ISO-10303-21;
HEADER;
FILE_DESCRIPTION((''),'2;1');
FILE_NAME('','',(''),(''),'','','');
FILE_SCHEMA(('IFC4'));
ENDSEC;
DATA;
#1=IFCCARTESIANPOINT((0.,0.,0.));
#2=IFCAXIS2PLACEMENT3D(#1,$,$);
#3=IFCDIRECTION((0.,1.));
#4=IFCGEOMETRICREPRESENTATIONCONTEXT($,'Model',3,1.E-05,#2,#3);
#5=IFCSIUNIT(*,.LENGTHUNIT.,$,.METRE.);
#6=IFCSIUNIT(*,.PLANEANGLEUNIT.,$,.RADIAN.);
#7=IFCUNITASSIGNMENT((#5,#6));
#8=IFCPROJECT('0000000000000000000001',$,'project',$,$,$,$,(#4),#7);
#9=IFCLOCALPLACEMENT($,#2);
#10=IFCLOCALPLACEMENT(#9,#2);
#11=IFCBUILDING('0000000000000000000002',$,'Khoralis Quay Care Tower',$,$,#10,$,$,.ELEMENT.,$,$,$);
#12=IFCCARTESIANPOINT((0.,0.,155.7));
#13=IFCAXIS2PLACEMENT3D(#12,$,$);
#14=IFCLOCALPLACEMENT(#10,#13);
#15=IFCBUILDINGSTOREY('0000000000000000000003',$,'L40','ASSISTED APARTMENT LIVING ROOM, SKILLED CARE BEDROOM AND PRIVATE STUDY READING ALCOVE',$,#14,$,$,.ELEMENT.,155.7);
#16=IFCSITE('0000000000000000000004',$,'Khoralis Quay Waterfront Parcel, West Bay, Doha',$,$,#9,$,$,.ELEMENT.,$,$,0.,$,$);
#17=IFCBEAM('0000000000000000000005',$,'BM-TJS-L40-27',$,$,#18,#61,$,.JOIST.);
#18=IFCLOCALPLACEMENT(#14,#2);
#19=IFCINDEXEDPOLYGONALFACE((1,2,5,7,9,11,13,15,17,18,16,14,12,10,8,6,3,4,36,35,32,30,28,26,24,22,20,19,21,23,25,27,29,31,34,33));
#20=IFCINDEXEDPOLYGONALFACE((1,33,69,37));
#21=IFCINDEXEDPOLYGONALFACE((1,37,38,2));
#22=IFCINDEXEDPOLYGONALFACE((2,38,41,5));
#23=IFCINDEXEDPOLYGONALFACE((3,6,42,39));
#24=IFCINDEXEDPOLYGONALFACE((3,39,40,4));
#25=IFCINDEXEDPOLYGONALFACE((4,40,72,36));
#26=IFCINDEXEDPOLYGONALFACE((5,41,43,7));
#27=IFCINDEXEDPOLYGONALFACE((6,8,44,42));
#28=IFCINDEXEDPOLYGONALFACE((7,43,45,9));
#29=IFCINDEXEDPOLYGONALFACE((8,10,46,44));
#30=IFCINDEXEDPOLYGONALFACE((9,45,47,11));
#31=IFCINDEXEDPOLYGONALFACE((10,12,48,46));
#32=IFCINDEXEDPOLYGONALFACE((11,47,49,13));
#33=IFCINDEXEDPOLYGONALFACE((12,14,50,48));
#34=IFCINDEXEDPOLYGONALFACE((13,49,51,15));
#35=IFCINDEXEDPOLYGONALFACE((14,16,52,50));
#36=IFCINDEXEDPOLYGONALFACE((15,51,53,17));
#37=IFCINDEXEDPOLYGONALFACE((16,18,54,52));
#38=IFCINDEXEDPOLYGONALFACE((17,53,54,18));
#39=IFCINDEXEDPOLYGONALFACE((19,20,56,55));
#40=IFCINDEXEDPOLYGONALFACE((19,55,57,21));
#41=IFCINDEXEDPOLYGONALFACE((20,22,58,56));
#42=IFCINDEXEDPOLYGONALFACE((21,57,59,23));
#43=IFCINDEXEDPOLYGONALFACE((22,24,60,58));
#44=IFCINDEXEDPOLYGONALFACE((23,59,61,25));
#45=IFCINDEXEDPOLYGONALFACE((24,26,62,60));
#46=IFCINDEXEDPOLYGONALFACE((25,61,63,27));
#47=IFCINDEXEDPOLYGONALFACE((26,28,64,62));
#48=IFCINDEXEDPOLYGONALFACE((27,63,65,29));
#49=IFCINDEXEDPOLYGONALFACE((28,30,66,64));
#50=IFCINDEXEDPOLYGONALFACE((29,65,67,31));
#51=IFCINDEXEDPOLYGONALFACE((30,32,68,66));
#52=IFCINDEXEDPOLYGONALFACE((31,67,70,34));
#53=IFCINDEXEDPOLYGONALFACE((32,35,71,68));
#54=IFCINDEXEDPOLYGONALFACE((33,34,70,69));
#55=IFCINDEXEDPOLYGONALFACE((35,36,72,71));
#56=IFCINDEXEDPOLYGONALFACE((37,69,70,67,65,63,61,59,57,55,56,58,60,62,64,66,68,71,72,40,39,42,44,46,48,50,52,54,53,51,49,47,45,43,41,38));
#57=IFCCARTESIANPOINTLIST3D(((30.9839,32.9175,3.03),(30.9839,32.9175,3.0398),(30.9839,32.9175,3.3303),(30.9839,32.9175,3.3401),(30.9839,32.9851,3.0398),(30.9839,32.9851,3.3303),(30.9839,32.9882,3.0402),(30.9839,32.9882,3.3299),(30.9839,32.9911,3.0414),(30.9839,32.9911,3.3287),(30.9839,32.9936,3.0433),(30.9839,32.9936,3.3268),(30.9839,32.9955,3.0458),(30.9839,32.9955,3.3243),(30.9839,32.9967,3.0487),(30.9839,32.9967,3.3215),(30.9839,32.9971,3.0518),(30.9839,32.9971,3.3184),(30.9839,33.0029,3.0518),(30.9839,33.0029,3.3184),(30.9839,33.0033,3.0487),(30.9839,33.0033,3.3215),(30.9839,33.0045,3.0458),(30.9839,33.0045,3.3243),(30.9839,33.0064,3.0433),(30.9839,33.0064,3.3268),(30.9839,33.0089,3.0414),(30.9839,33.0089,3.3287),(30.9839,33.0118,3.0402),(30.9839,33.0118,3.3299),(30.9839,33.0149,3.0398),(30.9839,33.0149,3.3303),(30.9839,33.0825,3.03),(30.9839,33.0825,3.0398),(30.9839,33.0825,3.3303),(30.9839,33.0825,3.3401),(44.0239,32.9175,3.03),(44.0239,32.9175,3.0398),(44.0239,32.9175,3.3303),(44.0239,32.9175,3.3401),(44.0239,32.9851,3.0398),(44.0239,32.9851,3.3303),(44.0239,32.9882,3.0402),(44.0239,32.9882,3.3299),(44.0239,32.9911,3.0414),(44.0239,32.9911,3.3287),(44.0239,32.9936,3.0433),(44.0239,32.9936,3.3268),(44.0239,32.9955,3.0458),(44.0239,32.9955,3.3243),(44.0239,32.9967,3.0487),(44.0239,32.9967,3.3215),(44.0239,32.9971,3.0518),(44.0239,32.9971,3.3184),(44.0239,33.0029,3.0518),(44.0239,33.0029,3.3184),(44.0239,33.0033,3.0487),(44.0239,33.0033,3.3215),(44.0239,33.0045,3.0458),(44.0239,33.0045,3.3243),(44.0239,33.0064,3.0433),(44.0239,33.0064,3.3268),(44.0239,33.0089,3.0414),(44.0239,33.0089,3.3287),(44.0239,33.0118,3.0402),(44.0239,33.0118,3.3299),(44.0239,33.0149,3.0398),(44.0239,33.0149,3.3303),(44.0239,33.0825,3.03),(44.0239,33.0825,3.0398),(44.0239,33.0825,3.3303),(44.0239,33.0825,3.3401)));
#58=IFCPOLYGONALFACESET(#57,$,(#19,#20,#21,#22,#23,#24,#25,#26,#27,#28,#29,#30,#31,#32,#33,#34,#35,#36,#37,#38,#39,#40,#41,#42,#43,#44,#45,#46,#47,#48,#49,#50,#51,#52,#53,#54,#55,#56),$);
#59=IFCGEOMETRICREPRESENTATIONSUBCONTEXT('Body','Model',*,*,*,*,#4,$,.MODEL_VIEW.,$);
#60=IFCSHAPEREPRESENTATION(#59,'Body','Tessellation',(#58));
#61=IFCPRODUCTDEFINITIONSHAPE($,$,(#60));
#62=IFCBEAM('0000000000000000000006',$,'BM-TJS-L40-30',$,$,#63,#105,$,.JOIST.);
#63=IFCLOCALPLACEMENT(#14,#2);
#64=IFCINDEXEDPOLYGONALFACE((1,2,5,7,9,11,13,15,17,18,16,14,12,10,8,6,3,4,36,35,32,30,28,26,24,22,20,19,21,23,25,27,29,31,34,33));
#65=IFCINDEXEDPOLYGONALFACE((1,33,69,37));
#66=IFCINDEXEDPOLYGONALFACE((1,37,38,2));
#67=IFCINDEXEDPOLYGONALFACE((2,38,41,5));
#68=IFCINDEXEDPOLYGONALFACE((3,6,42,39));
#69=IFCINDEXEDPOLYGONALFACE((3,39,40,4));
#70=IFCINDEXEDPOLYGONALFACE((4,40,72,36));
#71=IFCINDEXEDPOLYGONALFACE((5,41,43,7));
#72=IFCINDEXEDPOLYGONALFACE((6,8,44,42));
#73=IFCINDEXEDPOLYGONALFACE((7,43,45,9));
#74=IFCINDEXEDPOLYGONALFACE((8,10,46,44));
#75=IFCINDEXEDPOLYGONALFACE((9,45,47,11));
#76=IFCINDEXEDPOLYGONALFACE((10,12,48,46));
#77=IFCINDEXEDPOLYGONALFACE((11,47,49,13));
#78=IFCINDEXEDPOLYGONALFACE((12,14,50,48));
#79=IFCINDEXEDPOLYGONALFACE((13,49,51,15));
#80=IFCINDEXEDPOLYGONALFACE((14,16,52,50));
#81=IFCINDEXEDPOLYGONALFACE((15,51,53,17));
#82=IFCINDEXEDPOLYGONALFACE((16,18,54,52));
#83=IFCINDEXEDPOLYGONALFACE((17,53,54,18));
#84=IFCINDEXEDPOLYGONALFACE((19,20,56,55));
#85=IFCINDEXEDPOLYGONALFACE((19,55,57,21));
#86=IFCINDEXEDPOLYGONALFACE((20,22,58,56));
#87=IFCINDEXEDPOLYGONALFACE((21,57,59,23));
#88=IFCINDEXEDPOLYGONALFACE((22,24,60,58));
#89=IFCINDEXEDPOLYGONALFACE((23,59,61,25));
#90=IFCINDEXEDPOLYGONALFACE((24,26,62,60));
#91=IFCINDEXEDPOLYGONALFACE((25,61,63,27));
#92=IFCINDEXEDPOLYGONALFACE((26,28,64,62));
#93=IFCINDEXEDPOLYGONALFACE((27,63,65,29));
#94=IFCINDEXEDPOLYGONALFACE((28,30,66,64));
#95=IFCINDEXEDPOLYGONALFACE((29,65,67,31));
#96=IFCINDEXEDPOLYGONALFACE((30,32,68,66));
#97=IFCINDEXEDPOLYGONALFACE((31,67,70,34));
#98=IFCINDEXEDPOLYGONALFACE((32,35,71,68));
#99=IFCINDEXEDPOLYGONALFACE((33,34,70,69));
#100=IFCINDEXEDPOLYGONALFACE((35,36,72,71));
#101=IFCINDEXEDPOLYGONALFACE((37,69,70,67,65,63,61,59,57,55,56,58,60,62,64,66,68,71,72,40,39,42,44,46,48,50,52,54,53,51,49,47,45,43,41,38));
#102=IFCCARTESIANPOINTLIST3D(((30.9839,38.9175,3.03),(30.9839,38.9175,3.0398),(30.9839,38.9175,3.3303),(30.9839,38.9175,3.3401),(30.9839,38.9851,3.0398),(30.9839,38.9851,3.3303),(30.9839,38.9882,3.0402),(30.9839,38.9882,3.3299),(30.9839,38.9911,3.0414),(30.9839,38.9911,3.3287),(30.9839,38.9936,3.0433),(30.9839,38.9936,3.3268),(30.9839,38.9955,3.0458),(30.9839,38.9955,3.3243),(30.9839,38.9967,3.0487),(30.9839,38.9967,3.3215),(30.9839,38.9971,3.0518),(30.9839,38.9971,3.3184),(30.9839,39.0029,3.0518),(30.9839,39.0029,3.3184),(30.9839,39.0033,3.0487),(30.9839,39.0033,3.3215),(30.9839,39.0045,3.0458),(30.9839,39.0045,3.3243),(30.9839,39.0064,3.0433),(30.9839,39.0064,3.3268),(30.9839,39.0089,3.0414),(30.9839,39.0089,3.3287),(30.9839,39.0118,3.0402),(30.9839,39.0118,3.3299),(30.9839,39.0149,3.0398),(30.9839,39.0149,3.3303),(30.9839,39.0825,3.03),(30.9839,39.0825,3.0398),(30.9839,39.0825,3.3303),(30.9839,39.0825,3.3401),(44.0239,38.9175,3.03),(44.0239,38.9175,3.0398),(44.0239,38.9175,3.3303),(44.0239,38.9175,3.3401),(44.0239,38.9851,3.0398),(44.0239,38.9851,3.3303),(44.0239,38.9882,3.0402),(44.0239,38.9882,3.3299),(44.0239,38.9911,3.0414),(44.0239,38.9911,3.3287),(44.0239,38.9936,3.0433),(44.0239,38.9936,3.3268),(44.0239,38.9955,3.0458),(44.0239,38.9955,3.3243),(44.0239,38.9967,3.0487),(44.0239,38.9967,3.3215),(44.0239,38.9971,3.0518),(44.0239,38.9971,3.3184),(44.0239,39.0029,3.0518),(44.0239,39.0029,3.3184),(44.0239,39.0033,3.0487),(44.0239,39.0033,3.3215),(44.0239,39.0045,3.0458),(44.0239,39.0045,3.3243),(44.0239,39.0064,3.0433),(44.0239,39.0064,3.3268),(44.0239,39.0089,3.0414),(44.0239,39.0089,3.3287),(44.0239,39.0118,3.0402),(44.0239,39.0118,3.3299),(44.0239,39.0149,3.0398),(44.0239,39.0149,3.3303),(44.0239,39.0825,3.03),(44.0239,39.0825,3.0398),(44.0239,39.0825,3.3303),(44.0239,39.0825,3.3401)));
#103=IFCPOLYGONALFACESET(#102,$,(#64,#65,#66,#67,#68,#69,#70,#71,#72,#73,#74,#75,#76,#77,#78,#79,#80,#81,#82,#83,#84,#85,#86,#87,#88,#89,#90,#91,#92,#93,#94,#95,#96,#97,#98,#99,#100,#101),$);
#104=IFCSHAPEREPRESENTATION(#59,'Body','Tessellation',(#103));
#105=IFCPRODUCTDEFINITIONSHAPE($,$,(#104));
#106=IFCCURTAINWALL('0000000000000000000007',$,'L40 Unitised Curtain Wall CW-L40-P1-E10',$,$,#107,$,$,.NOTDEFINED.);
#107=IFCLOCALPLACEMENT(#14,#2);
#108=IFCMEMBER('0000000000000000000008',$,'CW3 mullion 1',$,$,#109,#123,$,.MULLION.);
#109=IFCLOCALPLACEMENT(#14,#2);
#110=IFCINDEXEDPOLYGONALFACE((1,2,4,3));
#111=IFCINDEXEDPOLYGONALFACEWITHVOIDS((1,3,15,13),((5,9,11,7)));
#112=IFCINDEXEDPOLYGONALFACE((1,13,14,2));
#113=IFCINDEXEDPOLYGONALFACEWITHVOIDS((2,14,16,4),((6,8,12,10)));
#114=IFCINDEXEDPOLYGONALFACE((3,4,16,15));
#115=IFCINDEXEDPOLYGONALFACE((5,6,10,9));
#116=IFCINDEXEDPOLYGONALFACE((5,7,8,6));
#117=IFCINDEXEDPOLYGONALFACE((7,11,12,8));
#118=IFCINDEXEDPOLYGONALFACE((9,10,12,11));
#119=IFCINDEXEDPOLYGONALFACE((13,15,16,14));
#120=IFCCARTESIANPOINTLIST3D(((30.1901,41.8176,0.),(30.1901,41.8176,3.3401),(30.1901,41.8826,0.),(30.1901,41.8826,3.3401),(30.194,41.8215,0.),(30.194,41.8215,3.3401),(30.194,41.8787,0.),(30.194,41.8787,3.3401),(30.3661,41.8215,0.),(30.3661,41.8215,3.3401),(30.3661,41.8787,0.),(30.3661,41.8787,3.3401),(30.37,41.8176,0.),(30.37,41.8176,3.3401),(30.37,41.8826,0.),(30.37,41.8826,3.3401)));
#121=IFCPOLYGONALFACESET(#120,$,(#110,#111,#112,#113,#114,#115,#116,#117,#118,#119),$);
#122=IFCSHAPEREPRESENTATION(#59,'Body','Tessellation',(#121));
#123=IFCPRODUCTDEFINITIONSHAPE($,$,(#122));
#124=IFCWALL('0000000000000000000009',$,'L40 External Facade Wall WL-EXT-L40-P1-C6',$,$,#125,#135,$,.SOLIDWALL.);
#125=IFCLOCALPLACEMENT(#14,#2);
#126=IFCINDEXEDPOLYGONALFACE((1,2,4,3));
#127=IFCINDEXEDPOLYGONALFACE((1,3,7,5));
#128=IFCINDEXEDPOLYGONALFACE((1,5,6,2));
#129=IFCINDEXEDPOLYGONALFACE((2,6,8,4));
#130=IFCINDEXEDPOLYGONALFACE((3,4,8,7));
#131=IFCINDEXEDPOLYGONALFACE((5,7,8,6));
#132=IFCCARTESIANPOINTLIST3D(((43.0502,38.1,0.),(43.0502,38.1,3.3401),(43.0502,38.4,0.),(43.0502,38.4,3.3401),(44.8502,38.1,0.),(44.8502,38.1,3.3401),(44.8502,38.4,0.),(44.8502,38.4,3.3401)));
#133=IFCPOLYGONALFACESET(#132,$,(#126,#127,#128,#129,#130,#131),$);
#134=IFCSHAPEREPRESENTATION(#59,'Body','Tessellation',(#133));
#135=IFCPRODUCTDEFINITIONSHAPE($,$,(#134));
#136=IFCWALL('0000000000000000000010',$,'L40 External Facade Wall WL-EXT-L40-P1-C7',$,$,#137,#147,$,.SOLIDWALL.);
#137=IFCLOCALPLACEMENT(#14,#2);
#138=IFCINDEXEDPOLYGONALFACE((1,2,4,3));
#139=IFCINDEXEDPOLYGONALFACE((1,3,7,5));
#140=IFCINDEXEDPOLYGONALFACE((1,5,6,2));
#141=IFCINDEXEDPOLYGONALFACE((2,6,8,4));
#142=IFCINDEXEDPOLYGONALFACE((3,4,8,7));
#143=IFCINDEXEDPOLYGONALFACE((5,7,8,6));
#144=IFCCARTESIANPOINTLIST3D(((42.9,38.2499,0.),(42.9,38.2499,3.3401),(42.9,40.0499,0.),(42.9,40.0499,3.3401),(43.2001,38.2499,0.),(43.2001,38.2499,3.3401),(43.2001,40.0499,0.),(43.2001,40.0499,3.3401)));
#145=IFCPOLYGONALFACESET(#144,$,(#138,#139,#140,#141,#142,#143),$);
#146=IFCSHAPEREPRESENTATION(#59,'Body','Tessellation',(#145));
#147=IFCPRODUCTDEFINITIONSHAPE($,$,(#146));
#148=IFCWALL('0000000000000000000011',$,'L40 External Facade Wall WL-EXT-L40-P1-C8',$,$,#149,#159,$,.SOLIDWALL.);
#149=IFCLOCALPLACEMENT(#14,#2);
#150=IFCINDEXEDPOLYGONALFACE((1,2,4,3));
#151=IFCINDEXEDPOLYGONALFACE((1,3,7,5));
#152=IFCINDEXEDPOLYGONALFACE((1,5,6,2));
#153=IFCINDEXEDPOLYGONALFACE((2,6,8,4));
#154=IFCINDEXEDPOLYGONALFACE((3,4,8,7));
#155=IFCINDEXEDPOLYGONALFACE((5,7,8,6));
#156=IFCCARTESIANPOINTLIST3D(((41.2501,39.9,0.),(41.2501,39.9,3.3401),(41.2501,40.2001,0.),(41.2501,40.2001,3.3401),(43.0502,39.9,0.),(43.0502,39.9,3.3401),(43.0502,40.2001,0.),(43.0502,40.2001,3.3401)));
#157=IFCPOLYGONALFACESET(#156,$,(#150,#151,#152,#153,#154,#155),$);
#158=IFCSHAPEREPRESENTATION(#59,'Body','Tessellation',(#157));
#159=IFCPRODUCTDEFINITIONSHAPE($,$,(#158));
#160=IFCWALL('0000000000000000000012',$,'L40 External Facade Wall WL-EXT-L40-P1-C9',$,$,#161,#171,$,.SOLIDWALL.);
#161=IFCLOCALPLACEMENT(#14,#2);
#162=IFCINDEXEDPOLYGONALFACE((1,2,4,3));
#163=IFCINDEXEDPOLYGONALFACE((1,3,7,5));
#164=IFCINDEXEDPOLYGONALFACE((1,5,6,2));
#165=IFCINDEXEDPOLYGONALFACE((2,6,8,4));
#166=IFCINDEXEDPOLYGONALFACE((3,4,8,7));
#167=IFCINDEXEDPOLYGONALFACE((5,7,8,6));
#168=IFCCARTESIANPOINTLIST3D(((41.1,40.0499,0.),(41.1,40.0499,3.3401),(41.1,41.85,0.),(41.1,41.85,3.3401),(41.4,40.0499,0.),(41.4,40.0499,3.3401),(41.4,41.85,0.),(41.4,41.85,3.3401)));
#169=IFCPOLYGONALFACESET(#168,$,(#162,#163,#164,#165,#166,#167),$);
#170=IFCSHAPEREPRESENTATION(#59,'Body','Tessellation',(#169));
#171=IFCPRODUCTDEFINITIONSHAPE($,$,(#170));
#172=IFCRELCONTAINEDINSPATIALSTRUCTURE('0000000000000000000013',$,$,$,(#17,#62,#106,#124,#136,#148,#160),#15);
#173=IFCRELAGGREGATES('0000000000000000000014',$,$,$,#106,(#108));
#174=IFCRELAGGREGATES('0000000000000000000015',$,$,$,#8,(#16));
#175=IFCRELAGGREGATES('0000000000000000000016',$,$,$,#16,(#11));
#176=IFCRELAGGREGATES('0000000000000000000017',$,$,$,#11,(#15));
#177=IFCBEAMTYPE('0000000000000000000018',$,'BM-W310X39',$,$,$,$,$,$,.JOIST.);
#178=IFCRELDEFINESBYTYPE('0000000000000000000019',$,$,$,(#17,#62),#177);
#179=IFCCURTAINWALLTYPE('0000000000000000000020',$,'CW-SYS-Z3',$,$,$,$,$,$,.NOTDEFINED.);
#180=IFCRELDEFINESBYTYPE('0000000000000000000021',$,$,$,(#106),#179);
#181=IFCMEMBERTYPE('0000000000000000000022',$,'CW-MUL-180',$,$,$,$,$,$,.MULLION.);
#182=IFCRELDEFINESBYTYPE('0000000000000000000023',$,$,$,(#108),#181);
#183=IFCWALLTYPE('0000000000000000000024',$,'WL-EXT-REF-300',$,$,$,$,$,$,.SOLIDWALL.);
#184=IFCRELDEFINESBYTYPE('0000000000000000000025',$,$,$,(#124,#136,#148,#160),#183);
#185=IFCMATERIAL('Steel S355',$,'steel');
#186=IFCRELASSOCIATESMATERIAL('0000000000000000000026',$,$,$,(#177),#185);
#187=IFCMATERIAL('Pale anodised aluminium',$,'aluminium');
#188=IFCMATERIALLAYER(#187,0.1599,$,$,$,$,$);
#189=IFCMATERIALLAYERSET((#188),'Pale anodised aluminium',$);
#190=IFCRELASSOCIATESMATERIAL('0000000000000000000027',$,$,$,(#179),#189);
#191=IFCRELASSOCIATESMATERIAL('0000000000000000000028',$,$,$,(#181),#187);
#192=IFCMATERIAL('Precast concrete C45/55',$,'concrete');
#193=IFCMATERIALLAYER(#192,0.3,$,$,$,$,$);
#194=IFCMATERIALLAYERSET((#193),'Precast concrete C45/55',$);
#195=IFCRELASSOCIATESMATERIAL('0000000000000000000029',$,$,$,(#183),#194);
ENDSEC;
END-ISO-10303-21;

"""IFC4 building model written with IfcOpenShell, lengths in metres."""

from ifc_helpers import new_model, si_unit, direction, frame, frame_2d, origin, origin_2d, place, context, subcontext, project, spatial, rectangle, hollow_rectangle, i_section, extrude, source, transform, mapped, material, layer, layer_set, material_profile, profile_set, type_object, element, aggregate, save


model = new_model("IFC4")

# Units and contexts
model_context = context("Model", 3, precision=1e-05, world=origin(), true_north=direction((0.0, 1.0)))
body_context = subcontext(model_context, "Body", "Model", "MODEL_VIEW")
ifc_project = project(units=[si_unit("LENGTHUNIT", "METRE"), si_unit("PLANEANGLEUNIT", "RADIAN")], contexts=[model_context])

# Site, building, storey
site_placement = place(None, origin())
site = spatial("IfcSite", under=ifc_project, at=site_placement, Name="Khoralis Quay Waterfront Parcel, West Bay, Doha", CompositionType="ELEMENT", RefElevation=0.0)
building_placement = place(site_placement, origin())
building = spatial("IfcBuilding", under=site, at=building_placement, Name="Khoralis Quay Care Tower", CompositionType="ELEMENT")
storey_placement = place(building_placement, frame((0.0, 0.0, 155.7)))
storey = spatial("IfcBuildingStorey", under=building, at=storey_placement, Name="L40", Description="ASSISTED APARTMENT LIVING ROOM, SKILLED CARE BEDROOM AND PRIVATE STUDY READING ALCOVE", CompositionType="ELEMENT", Elevation=155.7)

# Beams
ifc_material_1 = material(Name="Steel S355", Category="steel")
ifc_material_profile_1 = material_profile(ifc_material_1, i_section(OverallWidth=0.165, OverallDepth=0.3101, WebThickness=0.0059, FlangeThickness=0.0098, FilletRadius=0.012, at=origin_2d()), Name="Steel S355")
ifc_profile_set_1 = profile_set([ifc_material_profile_1], Name="Steel S355")
beam_type_1 = type_object("IfcBeamType", Name="BM-W310X39", PredefinedType="JOIST", material=ifc_profile_set_1)
shared_shape_1 = source(origin(), body_context, "Body", "SweptSolid", [
    extrude(i_section(OverallWidth=0.165, OverallDepth=0.3101, WebThickness=0.0059, FlangeThickness=0.0098, FilletRadius=0.012, at=origin_2d()), origin(), (0.0, 0.0, 1.0), 13.04),
])
for number, where, z_axis, x_axis, name in (
    (1, (30.9839, 33.0, 3.1851), (1.0, 0.0, 0.0), (0.0, 1.0, 0.0), "BM-TJS-L40-27"),
    (2, (30.9839, 39.0, 3.1851), (1.0, 0.0, 0.0), (0.0, 1.0, 0.0), "BM-TJS-L40-30"),
):
    element("IfcBeam", number, at=place(storey_placement, frame(where, z_axis=z_axis, x_axis=x_axis)), inside=storey, type_object=beam_type_1, Name=name, PredefinedType="JOIST", context=body_context, shape_type="MappedRepresentation", body=[
        mapped(shared_shape_1, transform((0.0, 0.0, 0.0), scale=1.0)),
    ])

# Curtain wall, member
ifc_material_2 = material(Name="Pale anodised aluminium", Category="aluminium")
ifc_layer_1 = layer(ifc_material_2, 0.1599)
ifc_layer_set_1 = layer_set([ifc_layer_1], Name="Pale anodised aluminium")
curtain_wall_type = type_object("IfcCurtainWallType", Name="CW-SYS-Z3", PredefinedType="NOTDEFINED", material=ifc_layer_set_1)
curtain_wall_placement = place(storey_placement, origin())
curtain_wall = element("IfcCurtainWall", 3, at=curtain_wall_placement, inside=storey, type_object=curtain_wall_type, Name="L40 Unitised Curtain Wall CW-L40-P1-E10", PredefinedType="NOTDEFINED")
ifc_material_profile_2 = material_profile(ifc_material_2, hollow_rectangle(XDim=0.0649, YDim=0.1799, WallThickness=0.0039, at=origin_2d()), Name="Pale anodised aluminium")
ifc_profile_set_2 = profile_set([ifc_material_profile_2], Name="Pale anodised aluminium")
member_type = type_object("IfcMemberType", Name="CW-MUL-180", PredefinedType="MULLION", material=ifc_profile_set_2)
shared_shape_2 = source(origin(), body_context, "Body", "SweptSolid", [
    extrude(hollow_rectangle(XDim=0.0649, YDim=0.1799, WallThickness=0.0039, at=origin_2d()), origin(), (0.0, 0.0, 1.0), 3.3401),
])
member_placement = place(storey_placement, frame((30.28, 41.8501, 0.0), z_axis=(0.0, 0.0, 1.0), x_axis=(0.0, -1.0, 0.0)))
member = element("IfcMember", 4, at=member_placement, type_object=member_type, Name="CW3 mullion 1", PredefinedType="MULLION", context=body_context, shape_type="MappedRepresentation", body=[
    mapped(shared_shape_2, transform((0.0, 0.0, 0.0), scale=1.0)),
])
aggregate(curtain_wall, [member])

# Walls
ifc_material_3 = material(Name="Precast concrete C45/55", Category="concrete")
ifc_layer_2 = layer(ifc_material_3, 0.3)
ifc_layer_set_2 = layer_set([ifc_layer_2], Name="Precast concrete C45/55")
wall_type_1 = type_object("IfcWallType", Name="WL-EXT-REF-300", PredefinedType="SOLIDWALL", material=ifc_layer_set_2)
for number, where, z_axis, x_axis, name in (
    (5, (44.8501, 38.25, 0.0), (0.0, 0.0, 1.0), (-1.0, 0.0, 0.0), "L40 External Facade Wall WL-EXT-L40-P1-C6"),
    (6, (43.05, 38.25, 0.0), (0.0, 0.0, 1.0), (0.0, 1.0, 0.0), "L40 External Facade Wall WL-EXT-L40-P1-C7"),
    (7, (43.05, 40.05, 0.0), (0.0, 0.0, 1.0), (-1.0, 0.0, 0.0), "L40 External Facade Wall WL-EXT-L40-P1-C8"),
    (8, (41.25, 40.05, 0.0), (0.0, 0.0, 1.0), (0.0, 1.0, 0.0), "L40 External Facade Wall WL-EXT-L40-P1-C9"),
):
    element("IfcWall", number, at=place(storey_placement, frame(where, z_axis=z_axis, x_axis=x_axis)), inside=storey, type_object=wall_type_1, Name=name, PredefinedType="SOLIDWALL", context=body_context, shape_type="SweptSolid", body=[
        extrude(rectangle(XDim=1.8, YDim=0.3, at=frame_2d((0.8999, 0.0))), origin(), (0.0, 0.0, 1.0), 3.3401),
    ])

save(model, "model.ifc")
